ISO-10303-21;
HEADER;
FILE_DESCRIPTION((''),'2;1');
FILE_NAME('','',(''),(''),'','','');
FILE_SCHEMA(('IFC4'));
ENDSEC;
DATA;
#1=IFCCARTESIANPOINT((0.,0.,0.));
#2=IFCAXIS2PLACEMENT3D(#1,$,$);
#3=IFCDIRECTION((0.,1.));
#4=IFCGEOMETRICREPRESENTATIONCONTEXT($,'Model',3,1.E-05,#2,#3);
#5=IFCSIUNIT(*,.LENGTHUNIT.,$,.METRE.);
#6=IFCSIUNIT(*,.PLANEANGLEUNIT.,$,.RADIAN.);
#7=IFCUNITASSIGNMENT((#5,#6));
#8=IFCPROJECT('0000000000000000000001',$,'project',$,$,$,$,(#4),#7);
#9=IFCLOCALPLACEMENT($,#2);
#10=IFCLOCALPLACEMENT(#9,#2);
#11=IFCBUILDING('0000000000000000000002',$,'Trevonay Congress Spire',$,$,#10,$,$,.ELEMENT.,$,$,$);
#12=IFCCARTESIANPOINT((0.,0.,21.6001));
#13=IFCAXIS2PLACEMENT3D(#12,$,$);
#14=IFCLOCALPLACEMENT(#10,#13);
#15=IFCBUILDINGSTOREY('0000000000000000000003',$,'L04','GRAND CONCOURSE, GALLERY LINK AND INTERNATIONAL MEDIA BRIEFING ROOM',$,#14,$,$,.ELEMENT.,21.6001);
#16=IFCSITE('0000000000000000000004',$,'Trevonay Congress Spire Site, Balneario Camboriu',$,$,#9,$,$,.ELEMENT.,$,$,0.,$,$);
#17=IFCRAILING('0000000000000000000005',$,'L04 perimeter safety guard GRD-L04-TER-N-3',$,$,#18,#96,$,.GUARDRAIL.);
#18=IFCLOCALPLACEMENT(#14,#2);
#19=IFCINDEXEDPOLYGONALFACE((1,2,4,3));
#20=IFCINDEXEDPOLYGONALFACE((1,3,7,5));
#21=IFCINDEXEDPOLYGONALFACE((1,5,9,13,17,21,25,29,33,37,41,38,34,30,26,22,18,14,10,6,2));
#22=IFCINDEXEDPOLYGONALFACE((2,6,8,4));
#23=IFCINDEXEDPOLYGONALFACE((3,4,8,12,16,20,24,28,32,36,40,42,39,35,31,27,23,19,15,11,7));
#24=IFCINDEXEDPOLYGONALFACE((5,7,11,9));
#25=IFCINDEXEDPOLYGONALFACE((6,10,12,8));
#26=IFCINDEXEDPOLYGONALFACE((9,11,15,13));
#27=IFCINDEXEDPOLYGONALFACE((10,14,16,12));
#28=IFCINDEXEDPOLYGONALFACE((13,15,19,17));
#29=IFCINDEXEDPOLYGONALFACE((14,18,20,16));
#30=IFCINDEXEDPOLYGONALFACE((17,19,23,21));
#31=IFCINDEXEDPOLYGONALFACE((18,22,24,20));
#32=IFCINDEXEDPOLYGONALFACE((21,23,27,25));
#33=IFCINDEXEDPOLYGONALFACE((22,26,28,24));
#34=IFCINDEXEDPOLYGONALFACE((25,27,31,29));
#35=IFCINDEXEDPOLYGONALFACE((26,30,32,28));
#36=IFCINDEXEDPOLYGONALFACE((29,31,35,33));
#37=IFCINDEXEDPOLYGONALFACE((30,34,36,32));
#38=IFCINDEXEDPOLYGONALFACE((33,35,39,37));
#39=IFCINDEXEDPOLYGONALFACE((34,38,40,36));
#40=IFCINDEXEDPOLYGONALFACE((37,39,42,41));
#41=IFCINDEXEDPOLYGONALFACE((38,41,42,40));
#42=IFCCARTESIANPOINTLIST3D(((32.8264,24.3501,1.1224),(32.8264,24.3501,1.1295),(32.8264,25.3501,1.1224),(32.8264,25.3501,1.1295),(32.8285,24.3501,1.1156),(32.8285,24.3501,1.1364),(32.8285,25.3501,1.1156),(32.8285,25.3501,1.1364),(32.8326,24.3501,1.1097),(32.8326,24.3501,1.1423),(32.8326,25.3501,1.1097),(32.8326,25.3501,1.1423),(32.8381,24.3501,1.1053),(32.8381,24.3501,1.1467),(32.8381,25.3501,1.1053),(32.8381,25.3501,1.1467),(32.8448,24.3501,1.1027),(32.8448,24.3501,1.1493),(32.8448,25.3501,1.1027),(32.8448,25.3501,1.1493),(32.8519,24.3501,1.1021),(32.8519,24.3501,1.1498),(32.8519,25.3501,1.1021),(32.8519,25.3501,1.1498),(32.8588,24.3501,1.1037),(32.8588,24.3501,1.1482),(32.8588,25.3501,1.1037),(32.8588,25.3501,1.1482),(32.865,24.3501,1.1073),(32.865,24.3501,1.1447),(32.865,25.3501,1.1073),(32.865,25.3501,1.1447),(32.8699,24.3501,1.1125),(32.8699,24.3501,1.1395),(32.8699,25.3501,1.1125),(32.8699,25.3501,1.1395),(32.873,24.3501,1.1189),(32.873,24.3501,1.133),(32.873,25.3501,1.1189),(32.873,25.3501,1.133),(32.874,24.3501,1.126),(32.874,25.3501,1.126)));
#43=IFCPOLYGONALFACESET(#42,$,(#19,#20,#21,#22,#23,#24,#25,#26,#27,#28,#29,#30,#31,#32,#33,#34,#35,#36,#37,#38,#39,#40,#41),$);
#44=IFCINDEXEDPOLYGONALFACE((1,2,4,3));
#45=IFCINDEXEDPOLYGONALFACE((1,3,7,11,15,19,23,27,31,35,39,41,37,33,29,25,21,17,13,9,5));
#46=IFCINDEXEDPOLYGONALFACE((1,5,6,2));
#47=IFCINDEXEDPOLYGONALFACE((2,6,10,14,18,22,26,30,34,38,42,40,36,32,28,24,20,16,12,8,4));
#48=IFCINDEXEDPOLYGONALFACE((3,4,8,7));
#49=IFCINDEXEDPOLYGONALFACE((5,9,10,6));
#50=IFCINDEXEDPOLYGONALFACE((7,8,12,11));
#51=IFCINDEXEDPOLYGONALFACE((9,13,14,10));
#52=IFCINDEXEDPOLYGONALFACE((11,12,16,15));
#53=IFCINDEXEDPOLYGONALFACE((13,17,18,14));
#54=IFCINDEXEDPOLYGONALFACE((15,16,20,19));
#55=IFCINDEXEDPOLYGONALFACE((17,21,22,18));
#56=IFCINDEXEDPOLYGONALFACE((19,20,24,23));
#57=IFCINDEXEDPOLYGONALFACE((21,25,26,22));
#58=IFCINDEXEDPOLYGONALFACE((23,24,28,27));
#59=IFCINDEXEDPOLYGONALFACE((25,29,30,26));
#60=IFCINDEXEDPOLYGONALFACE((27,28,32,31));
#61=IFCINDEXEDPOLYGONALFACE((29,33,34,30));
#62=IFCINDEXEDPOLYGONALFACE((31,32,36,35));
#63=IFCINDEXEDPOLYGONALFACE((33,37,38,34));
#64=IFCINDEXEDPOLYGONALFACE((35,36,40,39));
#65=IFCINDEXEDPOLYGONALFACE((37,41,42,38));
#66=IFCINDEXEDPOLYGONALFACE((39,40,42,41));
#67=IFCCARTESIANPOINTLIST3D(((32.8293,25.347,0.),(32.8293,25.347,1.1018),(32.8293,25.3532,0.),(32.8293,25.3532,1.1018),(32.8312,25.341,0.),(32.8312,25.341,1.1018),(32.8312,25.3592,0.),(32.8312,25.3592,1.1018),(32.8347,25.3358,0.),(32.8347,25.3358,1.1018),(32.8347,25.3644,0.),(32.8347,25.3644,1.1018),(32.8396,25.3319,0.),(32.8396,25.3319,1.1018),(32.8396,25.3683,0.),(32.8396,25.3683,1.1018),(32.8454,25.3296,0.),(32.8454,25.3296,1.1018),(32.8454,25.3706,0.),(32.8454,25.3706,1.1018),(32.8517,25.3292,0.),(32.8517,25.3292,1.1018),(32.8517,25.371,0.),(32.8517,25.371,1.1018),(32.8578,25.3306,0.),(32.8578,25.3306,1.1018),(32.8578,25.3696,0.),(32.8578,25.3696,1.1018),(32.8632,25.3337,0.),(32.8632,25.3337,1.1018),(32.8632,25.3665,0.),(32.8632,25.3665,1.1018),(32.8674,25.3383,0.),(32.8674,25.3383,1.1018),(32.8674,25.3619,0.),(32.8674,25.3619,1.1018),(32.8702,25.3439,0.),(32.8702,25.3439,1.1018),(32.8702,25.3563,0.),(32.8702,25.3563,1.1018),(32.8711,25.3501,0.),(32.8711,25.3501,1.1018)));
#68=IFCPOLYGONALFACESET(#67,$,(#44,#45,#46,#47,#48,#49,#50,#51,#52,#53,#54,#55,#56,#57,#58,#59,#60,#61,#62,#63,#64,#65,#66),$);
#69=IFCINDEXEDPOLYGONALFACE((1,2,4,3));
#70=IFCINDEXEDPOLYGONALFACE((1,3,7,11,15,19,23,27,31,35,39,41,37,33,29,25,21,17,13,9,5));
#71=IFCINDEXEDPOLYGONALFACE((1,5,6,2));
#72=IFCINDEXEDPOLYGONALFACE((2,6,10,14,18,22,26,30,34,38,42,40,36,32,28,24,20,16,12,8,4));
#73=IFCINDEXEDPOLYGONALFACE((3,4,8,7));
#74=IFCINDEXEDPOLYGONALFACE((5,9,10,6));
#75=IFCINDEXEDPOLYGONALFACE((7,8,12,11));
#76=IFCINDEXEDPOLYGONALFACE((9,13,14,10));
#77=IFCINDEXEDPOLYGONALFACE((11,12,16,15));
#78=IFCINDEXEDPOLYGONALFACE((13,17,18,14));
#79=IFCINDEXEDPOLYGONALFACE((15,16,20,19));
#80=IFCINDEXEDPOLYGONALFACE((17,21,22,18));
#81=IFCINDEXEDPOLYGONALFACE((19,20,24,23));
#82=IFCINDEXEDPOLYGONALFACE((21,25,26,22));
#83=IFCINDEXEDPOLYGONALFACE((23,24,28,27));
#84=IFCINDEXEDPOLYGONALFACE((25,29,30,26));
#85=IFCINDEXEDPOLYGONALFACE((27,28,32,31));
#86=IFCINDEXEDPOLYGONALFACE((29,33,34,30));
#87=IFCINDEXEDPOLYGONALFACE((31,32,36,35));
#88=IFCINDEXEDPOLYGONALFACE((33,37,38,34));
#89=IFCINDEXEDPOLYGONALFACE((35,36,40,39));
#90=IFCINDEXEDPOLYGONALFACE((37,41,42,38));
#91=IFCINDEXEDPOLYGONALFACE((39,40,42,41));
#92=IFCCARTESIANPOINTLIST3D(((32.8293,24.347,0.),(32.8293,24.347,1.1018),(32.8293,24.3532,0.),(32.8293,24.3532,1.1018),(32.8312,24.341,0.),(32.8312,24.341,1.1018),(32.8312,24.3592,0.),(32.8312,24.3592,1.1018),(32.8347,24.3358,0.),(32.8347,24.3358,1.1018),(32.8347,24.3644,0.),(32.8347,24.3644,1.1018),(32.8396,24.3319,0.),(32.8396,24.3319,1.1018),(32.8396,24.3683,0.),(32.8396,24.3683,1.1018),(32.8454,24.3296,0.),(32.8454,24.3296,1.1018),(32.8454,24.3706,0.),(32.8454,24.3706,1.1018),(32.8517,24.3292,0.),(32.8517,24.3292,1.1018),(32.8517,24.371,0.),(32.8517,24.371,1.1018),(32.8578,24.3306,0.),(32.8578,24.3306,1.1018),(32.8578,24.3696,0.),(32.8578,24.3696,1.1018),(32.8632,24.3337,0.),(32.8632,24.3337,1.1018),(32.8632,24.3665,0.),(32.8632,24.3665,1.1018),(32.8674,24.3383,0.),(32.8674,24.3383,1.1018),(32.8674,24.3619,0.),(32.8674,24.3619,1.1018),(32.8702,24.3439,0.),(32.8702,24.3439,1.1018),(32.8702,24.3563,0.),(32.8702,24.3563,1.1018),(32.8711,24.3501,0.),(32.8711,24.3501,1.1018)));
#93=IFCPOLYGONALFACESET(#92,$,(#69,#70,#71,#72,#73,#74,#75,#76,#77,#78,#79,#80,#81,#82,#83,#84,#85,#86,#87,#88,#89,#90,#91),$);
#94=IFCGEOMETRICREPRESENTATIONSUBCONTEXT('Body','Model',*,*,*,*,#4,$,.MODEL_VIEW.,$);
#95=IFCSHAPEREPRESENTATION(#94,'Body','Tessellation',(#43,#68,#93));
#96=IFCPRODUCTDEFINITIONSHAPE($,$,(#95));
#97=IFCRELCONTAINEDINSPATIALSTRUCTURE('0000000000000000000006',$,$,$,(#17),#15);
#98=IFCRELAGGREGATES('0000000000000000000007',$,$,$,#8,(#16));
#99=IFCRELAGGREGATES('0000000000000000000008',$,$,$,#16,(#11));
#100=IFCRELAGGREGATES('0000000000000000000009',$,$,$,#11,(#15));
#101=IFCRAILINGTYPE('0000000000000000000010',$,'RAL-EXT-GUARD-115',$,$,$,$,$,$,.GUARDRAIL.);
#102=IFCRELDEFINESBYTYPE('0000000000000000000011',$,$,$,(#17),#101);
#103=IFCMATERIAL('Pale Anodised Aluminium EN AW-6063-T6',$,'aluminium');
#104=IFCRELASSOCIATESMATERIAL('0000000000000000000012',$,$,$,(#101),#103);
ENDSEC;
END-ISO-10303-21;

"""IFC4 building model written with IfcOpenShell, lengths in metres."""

from ifc_helpers import new_model, si_unit, direction, frame, origin, origin_2d, place, context, subcontext, project, spatial, circle, extrude, material, type_object, element, save


model = new_model("IFC4")

# Units and contexts
model_context = context("Model", 3, precision=1e-05, world=origin(), true_north=direction((0.0, 1.0)))
body_context = subcontext(model_context, "Body", "Model", "MODEL_VIEW")
ifc_project = project(units=[si_unit("LENGTHUNIT", "METRE"), si_unit("PLANEANGLEUNIT", "RADIAN")], contexts=[model_context])

# Site, building, storey
site_placement = place(None, origin())
site = spatial("IfcSite", under=ifc_project, at=site_placement, Name="Trevonay Congress Spire Site, Balneario Camboriu", CompositionType="ELEMENT", RefElevation=0.0)
building_placement = place(site_placement, origin())
building = spatial("IfcBuilding", under=site, at=building_placement, Name="Trevonay Congress Spire", CompositionType="ELEMENT")
storey_placement = place(building_placement, frame((0.0, 0.0, 21.6001)))
storey = spatial("IfcBuildingStorey", under=building, at=storey_placement, Name="L04", Description="GRAND CONCOURSE, GALLERY LINK AND INTERNATIONAL MEDIA BRIEFING ROOM", CompositionType="ELEMENT", Elevation=21.6001)

# Shared definitions
ifc_material_1 = material(Name="Pale Anodised Aluminium EN AW-6063-T6", Category="aluminium")

# Railing
railing_type = type_object("IfcRailingType", Name="RAL-EXT-GUARD-115", PredefinedType="GUARDRAIL", material=ifc_material_1)
railing_1_placement = place(storey_placement, frame((32.8501, 25.3501, 0.0)))
element("IfcRailing", 1, at=railing_1_placement, inside=storey, type_object=railing_type, Name="L04 perimeter safety guard GRD-L04-TER-N-3", PredefinedType="GUARDRAIL", context=body_context, shape_type="SweptSolid", body=[
    extrude(circle(Radius=0.0239, at=origin_2d()), frame((0.0, 0.0, 1.126), z_axis=(0.0, -1.0, 0.0), x_axis=(1.0, 0.0, 0.0)), (0.0, 0.0, 1.0), 1.0),
    extrude(circle(Radius=0.021, at=origin_2d()), origin(), (0.0, 0.0, 1.0), 1.1018),
    extrude(circle(Radius=0.021, at=origin_2d()), frame((0.0, -1.0, 0.0)), (0.0, 0.0, 1.0), 1.1018),
])

save(model, "model.ifc")
